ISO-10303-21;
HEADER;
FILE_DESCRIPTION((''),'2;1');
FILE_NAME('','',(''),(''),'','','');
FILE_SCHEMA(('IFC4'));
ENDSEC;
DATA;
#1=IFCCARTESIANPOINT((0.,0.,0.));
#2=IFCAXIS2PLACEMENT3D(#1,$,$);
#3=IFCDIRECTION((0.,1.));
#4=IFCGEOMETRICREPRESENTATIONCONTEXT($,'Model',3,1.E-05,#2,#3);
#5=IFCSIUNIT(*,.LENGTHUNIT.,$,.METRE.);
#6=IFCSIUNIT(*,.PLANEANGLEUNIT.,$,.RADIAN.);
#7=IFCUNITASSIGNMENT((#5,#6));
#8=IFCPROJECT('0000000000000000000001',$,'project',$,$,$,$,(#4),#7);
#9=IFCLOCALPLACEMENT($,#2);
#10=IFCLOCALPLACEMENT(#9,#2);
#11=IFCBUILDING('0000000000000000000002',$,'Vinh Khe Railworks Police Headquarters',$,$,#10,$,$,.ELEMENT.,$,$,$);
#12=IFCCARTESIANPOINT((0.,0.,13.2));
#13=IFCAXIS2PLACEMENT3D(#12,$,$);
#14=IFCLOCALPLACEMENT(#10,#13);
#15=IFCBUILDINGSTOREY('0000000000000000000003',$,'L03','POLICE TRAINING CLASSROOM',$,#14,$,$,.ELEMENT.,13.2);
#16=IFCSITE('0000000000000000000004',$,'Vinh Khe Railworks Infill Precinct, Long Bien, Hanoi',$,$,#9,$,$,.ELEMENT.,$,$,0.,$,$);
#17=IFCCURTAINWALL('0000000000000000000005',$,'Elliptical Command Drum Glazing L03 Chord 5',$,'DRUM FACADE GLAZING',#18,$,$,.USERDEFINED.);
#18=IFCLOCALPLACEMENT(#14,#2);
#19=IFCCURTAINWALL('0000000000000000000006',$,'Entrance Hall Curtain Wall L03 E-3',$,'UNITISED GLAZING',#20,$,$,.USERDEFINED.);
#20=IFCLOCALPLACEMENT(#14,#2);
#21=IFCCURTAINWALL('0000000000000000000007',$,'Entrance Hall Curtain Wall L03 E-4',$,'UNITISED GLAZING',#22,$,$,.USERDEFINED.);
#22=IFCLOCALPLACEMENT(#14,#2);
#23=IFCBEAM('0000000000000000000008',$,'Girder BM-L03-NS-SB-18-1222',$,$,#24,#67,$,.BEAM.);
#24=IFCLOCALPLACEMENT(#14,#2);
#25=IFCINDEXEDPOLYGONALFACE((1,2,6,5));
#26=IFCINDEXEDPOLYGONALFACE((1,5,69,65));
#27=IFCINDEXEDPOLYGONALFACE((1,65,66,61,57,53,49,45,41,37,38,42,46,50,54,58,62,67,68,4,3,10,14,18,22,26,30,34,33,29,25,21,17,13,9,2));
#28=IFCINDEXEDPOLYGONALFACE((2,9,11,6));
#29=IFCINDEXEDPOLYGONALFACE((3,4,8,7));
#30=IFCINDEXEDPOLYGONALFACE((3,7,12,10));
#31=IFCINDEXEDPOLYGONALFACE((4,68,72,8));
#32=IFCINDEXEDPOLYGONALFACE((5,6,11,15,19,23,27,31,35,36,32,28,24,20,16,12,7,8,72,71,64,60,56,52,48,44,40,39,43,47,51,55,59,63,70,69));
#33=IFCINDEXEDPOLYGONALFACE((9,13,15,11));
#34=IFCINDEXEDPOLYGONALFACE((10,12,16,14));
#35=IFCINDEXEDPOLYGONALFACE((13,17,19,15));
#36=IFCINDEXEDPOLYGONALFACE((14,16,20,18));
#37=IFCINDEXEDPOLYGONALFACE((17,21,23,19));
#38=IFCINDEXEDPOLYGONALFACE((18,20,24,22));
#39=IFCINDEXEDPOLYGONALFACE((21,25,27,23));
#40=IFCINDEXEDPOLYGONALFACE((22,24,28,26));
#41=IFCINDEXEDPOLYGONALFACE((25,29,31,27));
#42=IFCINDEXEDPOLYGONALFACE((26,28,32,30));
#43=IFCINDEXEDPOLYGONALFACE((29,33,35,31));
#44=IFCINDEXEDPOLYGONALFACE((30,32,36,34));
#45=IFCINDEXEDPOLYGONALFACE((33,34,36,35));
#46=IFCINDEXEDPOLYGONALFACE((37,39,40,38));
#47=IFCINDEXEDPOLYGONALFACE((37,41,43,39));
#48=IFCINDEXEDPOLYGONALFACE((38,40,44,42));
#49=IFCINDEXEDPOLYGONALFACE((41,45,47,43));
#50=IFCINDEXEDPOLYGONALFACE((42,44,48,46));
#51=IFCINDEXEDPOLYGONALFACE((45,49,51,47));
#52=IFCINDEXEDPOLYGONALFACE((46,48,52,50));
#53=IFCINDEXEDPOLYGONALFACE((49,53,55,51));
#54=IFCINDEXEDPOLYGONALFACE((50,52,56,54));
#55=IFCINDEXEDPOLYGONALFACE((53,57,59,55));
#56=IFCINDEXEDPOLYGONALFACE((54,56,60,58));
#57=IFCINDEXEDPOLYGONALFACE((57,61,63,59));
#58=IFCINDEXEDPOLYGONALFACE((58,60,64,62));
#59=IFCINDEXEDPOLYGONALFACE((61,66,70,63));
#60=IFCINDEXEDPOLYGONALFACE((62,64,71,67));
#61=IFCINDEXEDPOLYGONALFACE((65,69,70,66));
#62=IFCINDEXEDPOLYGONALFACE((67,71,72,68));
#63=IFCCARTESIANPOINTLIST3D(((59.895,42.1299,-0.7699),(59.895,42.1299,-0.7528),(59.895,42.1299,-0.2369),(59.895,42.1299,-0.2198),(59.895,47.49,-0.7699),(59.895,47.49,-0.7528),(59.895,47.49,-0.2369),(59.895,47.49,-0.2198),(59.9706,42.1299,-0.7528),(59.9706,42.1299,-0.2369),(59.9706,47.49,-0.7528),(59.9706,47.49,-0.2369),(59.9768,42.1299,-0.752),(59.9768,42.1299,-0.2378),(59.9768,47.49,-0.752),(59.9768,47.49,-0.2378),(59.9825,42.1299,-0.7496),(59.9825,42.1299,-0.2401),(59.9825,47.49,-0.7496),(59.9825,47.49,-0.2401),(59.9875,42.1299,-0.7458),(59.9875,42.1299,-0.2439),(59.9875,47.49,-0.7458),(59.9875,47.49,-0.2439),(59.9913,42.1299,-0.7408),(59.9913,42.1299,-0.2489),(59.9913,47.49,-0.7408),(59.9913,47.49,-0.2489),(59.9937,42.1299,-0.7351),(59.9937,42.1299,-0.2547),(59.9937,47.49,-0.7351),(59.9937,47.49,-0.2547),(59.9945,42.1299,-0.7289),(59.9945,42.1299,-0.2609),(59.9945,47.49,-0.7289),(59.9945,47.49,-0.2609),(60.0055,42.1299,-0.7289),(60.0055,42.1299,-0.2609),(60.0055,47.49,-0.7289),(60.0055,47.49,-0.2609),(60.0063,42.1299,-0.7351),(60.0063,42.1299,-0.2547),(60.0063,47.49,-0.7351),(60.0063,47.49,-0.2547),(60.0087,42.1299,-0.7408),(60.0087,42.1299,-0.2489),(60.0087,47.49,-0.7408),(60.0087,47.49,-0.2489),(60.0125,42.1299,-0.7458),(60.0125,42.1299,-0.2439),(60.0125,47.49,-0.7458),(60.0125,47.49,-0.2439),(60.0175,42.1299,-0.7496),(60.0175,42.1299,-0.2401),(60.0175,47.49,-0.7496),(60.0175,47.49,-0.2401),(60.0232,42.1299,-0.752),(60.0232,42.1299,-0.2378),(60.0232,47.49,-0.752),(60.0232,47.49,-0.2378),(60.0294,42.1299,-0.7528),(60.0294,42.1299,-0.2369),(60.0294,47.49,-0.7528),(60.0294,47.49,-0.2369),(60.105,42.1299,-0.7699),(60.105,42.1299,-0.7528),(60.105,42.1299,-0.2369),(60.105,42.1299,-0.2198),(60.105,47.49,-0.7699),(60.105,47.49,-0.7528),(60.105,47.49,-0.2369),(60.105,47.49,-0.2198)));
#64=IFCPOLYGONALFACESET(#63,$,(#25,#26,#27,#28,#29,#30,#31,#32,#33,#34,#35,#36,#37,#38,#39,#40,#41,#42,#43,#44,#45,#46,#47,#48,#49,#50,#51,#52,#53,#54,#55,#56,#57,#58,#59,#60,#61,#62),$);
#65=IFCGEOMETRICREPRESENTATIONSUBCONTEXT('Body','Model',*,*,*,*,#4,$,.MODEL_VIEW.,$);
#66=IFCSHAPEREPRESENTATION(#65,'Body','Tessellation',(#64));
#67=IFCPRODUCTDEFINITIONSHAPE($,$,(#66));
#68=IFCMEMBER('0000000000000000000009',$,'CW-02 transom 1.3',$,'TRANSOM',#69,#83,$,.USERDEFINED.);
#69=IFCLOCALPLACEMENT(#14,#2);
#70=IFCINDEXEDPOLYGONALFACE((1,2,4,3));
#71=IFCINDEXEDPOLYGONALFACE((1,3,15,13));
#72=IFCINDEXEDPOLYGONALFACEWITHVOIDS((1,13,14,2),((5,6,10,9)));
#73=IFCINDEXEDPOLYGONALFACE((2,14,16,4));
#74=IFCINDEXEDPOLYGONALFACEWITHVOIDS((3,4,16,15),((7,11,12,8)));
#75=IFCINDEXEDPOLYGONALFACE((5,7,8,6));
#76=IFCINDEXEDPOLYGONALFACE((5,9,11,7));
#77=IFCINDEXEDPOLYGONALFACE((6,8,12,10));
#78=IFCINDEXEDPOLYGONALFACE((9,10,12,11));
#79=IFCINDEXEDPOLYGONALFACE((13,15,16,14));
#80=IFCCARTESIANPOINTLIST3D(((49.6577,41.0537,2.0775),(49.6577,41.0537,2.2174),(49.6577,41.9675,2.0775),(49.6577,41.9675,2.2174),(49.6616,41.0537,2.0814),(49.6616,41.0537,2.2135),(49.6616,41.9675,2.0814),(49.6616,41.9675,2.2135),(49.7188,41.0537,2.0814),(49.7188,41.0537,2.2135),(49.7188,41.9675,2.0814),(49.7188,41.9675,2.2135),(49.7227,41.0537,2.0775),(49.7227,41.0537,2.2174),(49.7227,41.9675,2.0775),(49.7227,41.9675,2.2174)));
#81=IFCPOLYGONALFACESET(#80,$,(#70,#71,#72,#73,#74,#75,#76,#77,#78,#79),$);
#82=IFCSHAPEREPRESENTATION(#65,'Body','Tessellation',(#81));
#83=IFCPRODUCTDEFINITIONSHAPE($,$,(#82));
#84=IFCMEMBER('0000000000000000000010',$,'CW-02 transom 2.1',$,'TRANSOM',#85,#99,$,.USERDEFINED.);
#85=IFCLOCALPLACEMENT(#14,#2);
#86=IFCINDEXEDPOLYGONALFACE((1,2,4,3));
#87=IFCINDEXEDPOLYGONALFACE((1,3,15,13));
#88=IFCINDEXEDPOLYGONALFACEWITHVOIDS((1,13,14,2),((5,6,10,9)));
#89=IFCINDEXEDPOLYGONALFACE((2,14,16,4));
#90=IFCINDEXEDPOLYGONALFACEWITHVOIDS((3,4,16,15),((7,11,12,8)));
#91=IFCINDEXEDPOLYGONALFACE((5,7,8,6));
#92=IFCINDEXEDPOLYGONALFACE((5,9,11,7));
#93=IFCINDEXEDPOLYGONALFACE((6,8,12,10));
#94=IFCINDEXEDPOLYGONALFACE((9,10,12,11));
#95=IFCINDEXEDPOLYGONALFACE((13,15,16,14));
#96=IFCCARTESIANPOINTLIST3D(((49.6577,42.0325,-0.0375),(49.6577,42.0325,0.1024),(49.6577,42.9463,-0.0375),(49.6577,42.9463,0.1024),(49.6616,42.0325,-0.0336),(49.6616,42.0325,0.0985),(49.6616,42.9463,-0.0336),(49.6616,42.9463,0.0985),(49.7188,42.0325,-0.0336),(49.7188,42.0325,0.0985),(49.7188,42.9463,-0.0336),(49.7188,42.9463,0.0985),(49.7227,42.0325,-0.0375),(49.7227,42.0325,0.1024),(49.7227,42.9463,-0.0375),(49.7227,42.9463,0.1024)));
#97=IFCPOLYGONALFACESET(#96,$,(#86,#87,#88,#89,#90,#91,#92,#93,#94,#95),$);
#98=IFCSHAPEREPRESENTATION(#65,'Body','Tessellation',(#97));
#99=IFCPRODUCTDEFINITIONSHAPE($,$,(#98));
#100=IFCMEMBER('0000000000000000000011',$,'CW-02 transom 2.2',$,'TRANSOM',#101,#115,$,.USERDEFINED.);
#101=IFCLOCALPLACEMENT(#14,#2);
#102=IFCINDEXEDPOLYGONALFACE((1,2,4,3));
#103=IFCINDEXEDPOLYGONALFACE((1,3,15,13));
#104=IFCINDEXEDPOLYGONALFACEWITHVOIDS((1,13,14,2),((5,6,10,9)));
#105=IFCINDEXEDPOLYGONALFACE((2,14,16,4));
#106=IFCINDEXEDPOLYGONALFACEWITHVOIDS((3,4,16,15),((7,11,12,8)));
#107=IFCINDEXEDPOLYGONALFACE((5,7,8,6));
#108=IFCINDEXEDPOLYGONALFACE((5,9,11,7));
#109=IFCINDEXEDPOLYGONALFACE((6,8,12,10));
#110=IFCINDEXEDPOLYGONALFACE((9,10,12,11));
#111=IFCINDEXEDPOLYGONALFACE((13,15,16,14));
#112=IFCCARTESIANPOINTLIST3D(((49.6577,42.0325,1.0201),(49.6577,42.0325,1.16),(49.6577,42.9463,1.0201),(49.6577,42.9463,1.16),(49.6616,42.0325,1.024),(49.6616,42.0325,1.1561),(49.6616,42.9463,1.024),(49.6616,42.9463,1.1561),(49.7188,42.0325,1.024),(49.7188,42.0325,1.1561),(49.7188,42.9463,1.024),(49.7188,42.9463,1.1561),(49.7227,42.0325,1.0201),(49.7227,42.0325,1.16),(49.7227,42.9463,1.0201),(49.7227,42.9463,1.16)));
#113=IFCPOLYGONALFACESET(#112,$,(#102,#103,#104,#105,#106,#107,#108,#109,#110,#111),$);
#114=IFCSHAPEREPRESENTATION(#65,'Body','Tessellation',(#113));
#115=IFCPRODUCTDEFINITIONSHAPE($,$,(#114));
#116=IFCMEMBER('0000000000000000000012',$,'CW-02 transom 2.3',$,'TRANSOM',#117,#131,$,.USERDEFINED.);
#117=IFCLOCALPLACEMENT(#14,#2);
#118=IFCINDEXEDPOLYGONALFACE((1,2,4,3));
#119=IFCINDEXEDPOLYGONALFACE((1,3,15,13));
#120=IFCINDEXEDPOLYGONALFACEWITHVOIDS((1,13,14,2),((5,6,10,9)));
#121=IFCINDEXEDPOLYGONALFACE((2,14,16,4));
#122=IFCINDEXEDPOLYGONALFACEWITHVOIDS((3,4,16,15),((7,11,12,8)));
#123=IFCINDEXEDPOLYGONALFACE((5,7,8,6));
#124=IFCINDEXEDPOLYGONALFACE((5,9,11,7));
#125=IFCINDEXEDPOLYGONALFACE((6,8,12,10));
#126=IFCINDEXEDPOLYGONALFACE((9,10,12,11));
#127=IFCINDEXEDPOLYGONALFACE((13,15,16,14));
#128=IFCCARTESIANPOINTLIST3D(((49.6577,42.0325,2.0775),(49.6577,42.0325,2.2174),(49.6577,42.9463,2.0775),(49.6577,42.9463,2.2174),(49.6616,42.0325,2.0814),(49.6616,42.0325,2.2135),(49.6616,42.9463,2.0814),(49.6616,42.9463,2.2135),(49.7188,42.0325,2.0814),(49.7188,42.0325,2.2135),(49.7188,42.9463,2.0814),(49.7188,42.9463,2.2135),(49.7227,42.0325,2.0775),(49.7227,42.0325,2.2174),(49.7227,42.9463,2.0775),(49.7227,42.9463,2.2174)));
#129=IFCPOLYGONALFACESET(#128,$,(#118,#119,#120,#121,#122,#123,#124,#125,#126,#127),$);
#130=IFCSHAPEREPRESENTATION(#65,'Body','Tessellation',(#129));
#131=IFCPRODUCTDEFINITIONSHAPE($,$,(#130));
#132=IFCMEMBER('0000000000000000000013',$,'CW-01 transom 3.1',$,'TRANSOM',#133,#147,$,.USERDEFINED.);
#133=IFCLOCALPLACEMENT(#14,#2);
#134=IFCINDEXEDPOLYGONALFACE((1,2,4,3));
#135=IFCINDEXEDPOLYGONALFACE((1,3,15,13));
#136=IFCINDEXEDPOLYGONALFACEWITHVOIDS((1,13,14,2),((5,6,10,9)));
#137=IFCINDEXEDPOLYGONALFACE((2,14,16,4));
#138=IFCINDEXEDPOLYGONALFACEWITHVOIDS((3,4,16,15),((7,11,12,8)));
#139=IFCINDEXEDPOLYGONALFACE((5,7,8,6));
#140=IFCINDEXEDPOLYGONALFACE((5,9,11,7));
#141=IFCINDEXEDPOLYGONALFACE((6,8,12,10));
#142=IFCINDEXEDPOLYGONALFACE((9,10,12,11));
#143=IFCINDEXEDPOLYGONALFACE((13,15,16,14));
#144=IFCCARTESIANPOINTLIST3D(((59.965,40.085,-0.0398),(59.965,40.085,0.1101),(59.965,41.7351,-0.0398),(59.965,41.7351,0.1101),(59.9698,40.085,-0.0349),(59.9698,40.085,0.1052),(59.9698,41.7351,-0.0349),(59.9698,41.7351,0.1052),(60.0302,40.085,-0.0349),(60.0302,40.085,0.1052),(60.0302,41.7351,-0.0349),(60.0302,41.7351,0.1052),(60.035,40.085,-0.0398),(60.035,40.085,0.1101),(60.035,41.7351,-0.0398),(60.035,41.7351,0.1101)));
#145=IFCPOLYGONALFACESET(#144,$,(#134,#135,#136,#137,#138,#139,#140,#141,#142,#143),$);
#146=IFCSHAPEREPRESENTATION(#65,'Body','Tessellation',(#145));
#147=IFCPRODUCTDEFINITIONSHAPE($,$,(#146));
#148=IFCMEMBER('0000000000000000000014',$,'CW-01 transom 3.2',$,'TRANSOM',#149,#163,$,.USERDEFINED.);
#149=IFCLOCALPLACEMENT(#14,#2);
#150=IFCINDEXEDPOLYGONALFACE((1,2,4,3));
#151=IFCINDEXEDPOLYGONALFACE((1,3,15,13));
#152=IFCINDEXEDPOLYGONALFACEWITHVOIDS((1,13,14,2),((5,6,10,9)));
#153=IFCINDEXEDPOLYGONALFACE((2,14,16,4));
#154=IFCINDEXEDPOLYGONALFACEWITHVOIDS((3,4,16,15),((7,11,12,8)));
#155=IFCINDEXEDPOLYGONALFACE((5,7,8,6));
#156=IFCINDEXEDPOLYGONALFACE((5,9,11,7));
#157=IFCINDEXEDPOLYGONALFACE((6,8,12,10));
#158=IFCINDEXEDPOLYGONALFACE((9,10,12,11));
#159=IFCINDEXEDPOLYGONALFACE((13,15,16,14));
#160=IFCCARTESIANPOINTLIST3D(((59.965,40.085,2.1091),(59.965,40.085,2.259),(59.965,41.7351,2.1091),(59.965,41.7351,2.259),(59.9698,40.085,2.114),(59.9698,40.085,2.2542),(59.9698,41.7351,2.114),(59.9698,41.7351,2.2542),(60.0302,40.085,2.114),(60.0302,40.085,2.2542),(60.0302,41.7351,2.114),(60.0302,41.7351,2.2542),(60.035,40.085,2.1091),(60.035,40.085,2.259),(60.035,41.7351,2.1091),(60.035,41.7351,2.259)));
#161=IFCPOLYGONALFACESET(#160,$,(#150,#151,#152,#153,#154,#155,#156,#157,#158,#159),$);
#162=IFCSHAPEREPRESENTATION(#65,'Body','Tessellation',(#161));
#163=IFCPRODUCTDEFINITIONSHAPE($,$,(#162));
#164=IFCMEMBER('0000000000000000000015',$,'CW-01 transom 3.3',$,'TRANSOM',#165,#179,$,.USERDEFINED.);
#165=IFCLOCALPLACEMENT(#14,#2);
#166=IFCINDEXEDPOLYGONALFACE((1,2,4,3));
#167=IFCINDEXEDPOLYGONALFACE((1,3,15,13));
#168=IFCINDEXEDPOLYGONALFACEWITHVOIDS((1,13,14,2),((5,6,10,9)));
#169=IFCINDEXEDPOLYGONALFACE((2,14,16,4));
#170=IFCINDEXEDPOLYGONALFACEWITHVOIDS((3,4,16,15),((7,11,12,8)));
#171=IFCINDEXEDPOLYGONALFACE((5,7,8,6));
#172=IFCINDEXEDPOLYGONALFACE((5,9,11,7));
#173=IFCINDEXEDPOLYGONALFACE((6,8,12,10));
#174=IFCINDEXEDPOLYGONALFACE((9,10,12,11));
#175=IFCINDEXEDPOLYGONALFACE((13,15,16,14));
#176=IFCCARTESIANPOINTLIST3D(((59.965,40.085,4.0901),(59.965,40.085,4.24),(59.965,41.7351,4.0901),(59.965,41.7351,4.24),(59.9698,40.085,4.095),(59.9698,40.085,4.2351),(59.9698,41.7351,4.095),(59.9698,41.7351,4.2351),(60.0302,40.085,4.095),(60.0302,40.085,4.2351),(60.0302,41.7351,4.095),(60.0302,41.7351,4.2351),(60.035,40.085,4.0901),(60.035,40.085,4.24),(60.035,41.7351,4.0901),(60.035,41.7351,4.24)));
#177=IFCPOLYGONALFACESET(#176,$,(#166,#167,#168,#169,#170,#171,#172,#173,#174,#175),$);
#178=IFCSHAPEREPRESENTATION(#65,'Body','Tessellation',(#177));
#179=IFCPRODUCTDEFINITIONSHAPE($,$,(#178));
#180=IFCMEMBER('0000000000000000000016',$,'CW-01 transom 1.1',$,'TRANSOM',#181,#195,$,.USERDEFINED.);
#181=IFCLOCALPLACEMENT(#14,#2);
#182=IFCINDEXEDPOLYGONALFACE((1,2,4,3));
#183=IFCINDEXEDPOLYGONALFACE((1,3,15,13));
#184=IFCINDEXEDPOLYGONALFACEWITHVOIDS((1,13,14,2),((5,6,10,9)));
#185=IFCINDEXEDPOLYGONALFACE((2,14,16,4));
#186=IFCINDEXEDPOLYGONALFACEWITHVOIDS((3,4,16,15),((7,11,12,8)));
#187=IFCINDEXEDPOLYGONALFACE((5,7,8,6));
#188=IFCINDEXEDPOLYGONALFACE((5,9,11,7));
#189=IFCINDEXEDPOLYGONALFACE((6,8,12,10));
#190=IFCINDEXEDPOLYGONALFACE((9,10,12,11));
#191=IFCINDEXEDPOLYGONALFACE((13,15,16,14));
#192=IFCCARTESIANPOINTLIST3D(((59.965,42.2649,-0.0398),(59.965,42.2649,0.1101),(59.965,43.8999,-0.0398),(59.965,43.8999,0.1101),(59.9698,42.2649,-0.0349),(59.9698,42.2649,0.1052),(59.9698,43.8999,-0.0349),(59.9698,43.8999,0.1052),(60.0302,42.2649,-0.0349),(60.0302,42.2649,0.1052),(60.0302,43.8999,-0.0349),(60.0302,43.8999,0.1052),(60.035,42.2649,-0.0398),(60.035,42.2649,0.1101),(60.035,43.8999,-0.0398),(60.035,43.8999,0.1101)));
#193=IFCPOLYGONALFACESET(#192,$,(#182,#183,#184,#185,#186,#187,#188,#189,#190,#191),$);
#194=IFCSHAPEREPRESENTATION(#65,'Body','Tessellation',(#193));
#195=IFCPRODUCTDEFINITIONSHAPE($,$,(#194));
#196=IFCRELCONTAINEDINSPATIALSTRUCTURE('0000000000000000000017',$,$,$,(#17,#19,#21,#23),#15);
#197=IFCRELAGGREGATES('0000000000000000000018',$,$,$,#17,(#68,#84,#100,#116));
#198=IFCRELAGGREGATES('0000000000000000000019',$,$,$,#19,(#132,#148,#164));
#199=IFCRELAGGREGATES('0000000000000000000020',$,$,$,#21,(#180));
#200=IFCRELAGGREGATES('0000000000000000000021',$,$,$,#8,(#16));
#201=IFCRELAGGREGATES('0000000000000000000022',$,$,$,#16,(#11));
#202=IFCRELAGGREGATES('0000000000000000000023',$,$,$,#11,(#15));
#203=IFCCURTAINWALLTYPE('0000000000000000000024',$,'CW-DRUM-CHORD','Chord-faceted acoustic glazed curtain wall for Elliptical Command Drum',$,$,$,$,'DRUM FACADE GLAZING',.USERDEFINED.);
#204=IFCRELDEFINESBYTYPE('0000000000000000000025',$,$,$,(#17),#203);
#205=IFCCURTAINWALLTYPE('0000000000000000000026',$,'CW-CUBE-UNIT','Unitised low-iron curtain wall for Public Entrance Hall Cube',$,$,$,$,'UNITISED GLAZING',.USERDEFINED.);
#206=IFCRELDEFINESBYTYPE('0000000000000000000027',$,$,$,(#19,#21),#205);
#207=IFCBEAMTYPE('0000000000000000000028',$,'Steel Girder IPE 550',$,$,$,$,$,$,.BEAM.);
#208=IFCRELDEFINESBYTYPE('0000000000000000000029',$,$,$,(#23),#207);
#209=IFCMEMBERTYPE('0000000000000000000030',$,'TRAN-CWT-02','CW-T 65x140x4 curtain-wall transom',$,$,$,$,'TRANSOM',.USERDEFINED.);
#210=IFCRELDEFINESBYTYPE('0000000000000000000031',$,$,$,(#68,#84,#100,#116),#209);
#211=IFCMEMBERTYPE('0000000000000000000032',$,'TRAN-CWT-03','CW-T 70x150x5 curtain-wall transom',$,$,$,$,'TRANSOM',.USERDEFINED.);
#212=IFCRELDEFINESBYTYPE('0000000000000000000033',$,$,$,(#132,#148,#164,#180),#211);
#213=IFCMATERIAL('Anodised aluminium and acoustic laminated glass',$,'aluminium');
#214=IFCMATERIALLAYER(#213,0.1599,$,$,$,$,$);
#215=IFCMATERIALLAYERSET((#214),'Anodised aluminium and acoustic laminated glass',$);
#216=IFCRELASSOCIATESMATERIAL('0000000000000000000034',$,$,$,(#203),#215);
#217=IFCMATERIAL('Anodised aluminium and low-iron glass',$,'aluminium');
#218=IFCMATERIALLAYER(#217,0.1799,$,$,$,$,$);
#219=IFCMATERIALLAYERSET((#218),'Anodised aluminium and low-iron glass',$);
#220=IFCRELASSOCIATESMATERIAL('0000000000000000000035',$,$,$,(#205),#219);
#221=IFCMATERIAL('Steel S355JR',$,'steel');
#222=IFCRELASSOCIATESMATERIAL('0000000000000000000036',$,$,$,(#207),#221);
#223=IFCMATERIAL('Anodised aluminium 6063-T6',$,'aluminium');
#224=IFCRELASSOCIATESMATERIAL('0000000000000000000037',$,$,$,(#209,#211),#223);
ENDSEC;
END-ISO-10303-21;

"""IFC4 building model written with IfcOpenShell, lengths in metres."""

from ifc_helpers import new_model, si_unit, direction, frame, origin, origin_2d, place, context, subcontext, project, spatial, hollow_rectangle, i_section, extrude, material, layer, layer_set, material_profile, profile_set, type_object, element, aggregate, save


model = new_model("IFC4")

# Units and contexts
model_context = context("Model", 3, precision=1e-05, world=origin(), true_north=direction((0.0, 1.0)))
body_context = subcontext(model_context, "Body", "Model", "MODEL_VIEW")
ifc_project = project(units=[si_unit("LENGTHUNIT", "METRE"), si_unit("PLANEANGLEUNIT", "RADIAN")], contexts=[model_context])

# Site, building, storey
site_placement = place(None, origin())
site = spatial("IfcSite", under=ifc_project, at=site_placement, Name="Vinh Khe Railworks Infill Precinct, Long Bien, Hanoi", CompositionType="ELEMENT", RefElevation=0.0)
building_placement = place(site_placement, origin())
building = spatial("IfcBuilding", under=site, at=building_placement, Name="Vinh Khe Railworks Police Headquarters", CompositionType="ELEMENT")
storey_placement = place(building_placement, frame((0.0, 0.0, 13.2)))
storey = spatial("IfcBuildingStorey", under=building, at=storey_placement, Name="L03", Description="POLICE TRAINING CLASSROOM", CompositionType="ELEMENT", Elevation=13.2)

# Shared definitions
ifc_material_1 = material(Name="Steel S355JR", Category="steel")

# Curtain walls
ifc_material_2 = material(Name="Anodised aluminium and acoustic laminated glass", Category="aluminium")
ifc_layer_1 = layer(ifc_material_2, 0.1599)
ifc_layer_set_1 = layer_set([ifc_layer_1], Name="Anodised aluminium and acoustic laminated glass")
curtain_wall_type_1 = type_object("IfcCurtainWallType", Name="CW-DRUM-CHORD", Description="Chord-faceted acoustic glazed curtain wall for Elliptical Command Drum", ElementType="DRUM FACADE GLAZING", PredefinedType="USERDEFINED", material=ifc_layer_set_1)
curtain_wall_1_placement = place(storey_placement, origin())
curtain_wall_1 = element("IfcCurtainWall", 1, at=curtain_wall_1_placement, inside=storey, type_object=curtain_wall_type_1, Name="Elliptical Command Drum Glazing L03 Chord 5", ObjectType="DRUM FACADE GLAZING", PredefinedType="USERDEFINED")
ifc_material_3 = material(Name="Anodised aluminium 6063-T6", Category="aluminium")
ifc_material_4 = material(Name="Anodised aluminium and low-iron glass", Category="aluminium")
ifc_layer_2 = layer(ifc_material_4, 0.1799)
ifc_layer_set_2 = layer_set([ifc_layer_2], Name="Anodised aluminium and low-iron glass")
curtain_wall_type_2 = type_object("IfcCurtainWallType", Name="CW-CUBE-UNIT", Description="Unitised low-iron curtain wall for Public Entrance Hall Cube", ElementType="UNITISED GLAZING", PredefinedType="USERDEFINED", material=ifc_layer_set_2)
curtain_wall_2_placement = place(storey_placement, origin())
curtain_wall_2 = element("IfcCurtainWall", 2, at=curtain_wall_2_placement, inside=storey, type_object=curtain_wall_type_2, Name="Entrance Hall Curtain Wall L03 E-3", ObjectType="UNITISED GLAZING", PredefinedType="USERDEFINED")
curtain_wall_3_placement = place(storey_placement, origin())
curtain_wall_3 = element("IfcCurtainWall", 3, at=curtain_wall_3_placement, inside=storey, type_object=curtain_wall_type_2, Name="Entrance Hall Curtain Wall L03 E-4", ObjectType="UNITISED GLAZING", PredefinedType="USERDEFINED")

# Beam
ifc_material_profile_1 = material_profile(ifc_material_1, i_section(OverallWidth=0.21, OverallDepth=0.55, WebThickness=0.011, FlangeThickness=0.0171, FilletRadius=0.0239, at=origin_2d()), Name="IPE 550")
ifc_profile_set_1 = profile_set([ifc_material_profile_1], Name="Steel S355JR")
beam_type = type_object("IfcBeamType", Name="Steel Girder IPE 550", PredefinedType="BEAM", material=ifc_profile_set_1)
beam_placement = place(storey_placement, frame((60.0, 42.1299, -0.4949), z_axis=(0.0, 1.0, 0.0), x_axis=(-1.0, 0.0, 0.0)))
element("IfcBeam", 4, at=beam_placement, inside=storey, type_object=beam_type, Name="Girder BM-L03-NS-SB-18-1222", PredefinedType="BEAM", context=body_context, shape_type="SweptSolid", body=[
    extrude(i_section(OverallWidth=0.21, OverallDepth=0.55, WebThickness=0.011, FlangeThickness=0.0171, FilletRadius=0.0239, at=origin_2d()), origin(), (0.0, 0.0, 1.0), 5.3601),
])

# Members
ifc_material_profile_2 = material_profile(ifc_material_3, hollow_rectangle(XDim=0.0649, YDim=0.1399, WallThickness=0.0039, at=origin_2d()), Name="CW-T 65x140x4")
ifc_profile_set_2 = profile_set([ifc_material_profile_2], Name="Anodised aluminium 6063-T6")
member_type_1 = type_object("IfcMemberType", Name="TRAN-CWT-02", Description="CW-T 65x140x4 curtain-wall transom", ElementType="TRANSOM", PredefinedType="USERDEFINED", material=ifc_profile_set_2)
member_1_placement = place(storey_placement, frame((49.6902, 41.0537, 2.1475), z_axis=(0.0, 1.0, 0.0), x_axis=(-1.0, 0.0, 0.0)))
member_1 = element("IfcMember", 5, at=member_1_placement, type_object=member_type_1, Name="CW-02 transom 1.3", ObjectType="TRANSOM", PredefinedType="USERDEFINED", context=body_context, shape_type="SweptSolid", body=[
    extrude(hollow_rectangle(XDim=0.0649, YDim=0.1399, WallThickness=0.0039, at=origin_2d()), origin(), (0.0, 0.0, 1.0), 0.9138),
])
member_2_placement = place(storey_placement, frame((49.6902, 42.0325, 0.0325), z_axis=(0.0, 1.0, 0.0), x_axis=(-1.0, 0.0, 0.0)))
member_2 = element("IfcMember", 6, at=member_2_placement, type_object=member_type_1, Name="CW-02 transom 2.1", ObjectType="TRANSOM", PredefinedType="USERDEFINED", context=body_context, shape_type="SweptSolid", body=[
    extrude(hollow_rectangle(XDim=0.0649, YDim=0.1399, WallThickness=0.0039, at=origin_2d()), origin(), (0.0, 0.0, 1.0), 0.9138),
])
member_3_placement = place(storey_placement, frame((49.6902, 42.0325, 1.0901), z_axis=(0.0, 1.0, 0.0), x_axis=(-1.0, 0.0, 0.0)))
member_3 = element("IfcMember", 7, at=member_3_placement, type_object=member_type_1, Name="CW-02 transom 2.2", ObjectType="TRANSOM", PredefinedType="USERDEFINED", context=body_context, shape_type="SweptSolid", body=[
    extrude(hollow_rectangle(XDim=0.0649, YDim=0.1399, WallThickness=0.0039, at=origin_2d()), origin(), (0.0, 0.0, 1.0), 0.9138),
])
member_4_placement = place(storey_placement, frame((49.6902, 42.0325, 2.1475), z_axis=(0.0, 1.0, 0.0), x_axis=(-1.0, 0.0, 0.0)))
member_4 = element("IfcMember", 8, at=member_4_placement, type_object=member_type_1, Name="CW-02 transom 2.3", ObjectType="TRANSOM", PredefinedType="USERDEFINED", context=body_context, shape_type="SweptSolid", body=[
    extrude(hollow_rectangle(XDim=0.0649, YDim=0.1399, WallThickness=0.0039, at=origin_2d()), origin(), (0.0, 0.0, 1.0), 0.9138),
])
ifc_material_profile_3 = material_profile(ifc_material_3, hollow_rectangle(XDim=0.0701, YDim=0.1499, WallThickness=0.0049, at=origin_2d()), Name="CW-T 70x150x5")
ifc_profile_set_3 = profile_set([ifc_material_profile_3], Name="Anodised aluminium 6063-T6")
member_type_2 = type_object("IfcMemberType", Name="TRAN-CWT-03", Description="CW-T 70x150x5 curtain-wall transom", ElementType="TRANSOM", PredefinedType="USERDEFINED", material=ifc_profile_set_3)
member_5_placement = place(storey_placement, frame((60.0, 40.085, 0.0352), z_axis=(0.0, 1.0, 0.0), x_axis=(-1.0, 0.0, 0.0)))
member_5 = element("IfcMember", 9, at=member_5_placement, type_object=member_type_2, Name="CW-01 transom 3.1", ObjectType="TRANSOM", PredefinedType="USERDEFINED", context=body_context, shape_type="SweptSolid", body=[
    extrude(hollow_rectangle(XDim=0.0701, YDim=0.1499, WallThickness=0.0049, at=origin_2d()), origin(), (0.0, 0.0, 1.0), 1.6501),
])
member_6_placement = place(storey_placement, frame((60.0, 40.085, 2.1841), z_axis=(0.0, 1.0, 0.0), x_axis=(-1.0, 0.0, 0.0)))
member_6 = element("IfcMember", 10, at=member_6_placement, type_object=member_type_2, Name="CW-01 transom 3.2", ObjectType="TRANSOM", PredefinedType="USERDEFINED", context=body_context, shape_type="SweptSolid", body=[
    extrude(hollow_rectangle(XDim=0.0701, YDim=0.1499, WallThickness=0.0049, at=origin_2d()), origin(), (0.0, 0.0, 1.0), 1.6501),
])
member_7_placement = place(storey_placement, frame((60.0, 40.085, 4.165), z_axis=(0.0, 1.0, 0.0), x_axis=(-1.0, 0.0, 0.0)))
member_7 = element("IfcMember", 11, at=member_7_placement, type_object=member_type_2, Name="CW-01 transom 3.3", ObjectType="TRANSOM", PredefinedType="USERDEFINED", context=body_context, shape_type="SweptSolid", body=[
    extrude(hollow_rectangle(XDim=0.0701, YDim=0.1499, WallThickness=0.0049, at=origin_2d()), origin(), (0.0, 0.0, 1.0), 1.6501),
])
member_8_placement = place(storey_placement, frame((60.0, 42.2649, 0.0352), z_axis=(0.0, 1.0, 0.0), x_axis=(-1.0, 0.0, 0.0)))
member_8 = element("IfcMember", 12, at=member_8_placement, type_object=member_type_2, Name="CW-01 transom 1.1", ObjectType="TRANSOM", PredefinedType="USERDEFINED", context=body_context, shape_type="SweptSolid", body=[
    extrude(hollow_rectangle(XDim=0.0701, YDim=0.1499, WallThickness=0.0049, at=origin_2d()), origin(), (0.0, 0.0, 1.0), 1.635),
])

aggregate(curtain_wall_1, [member_1, member_2, member_3, member_4])
aggregate(curtain_wall_2, [member_5, member_6, member_7])
aggregate(curtain_wall_3, [member_8])

save(model, "model.ifc")
